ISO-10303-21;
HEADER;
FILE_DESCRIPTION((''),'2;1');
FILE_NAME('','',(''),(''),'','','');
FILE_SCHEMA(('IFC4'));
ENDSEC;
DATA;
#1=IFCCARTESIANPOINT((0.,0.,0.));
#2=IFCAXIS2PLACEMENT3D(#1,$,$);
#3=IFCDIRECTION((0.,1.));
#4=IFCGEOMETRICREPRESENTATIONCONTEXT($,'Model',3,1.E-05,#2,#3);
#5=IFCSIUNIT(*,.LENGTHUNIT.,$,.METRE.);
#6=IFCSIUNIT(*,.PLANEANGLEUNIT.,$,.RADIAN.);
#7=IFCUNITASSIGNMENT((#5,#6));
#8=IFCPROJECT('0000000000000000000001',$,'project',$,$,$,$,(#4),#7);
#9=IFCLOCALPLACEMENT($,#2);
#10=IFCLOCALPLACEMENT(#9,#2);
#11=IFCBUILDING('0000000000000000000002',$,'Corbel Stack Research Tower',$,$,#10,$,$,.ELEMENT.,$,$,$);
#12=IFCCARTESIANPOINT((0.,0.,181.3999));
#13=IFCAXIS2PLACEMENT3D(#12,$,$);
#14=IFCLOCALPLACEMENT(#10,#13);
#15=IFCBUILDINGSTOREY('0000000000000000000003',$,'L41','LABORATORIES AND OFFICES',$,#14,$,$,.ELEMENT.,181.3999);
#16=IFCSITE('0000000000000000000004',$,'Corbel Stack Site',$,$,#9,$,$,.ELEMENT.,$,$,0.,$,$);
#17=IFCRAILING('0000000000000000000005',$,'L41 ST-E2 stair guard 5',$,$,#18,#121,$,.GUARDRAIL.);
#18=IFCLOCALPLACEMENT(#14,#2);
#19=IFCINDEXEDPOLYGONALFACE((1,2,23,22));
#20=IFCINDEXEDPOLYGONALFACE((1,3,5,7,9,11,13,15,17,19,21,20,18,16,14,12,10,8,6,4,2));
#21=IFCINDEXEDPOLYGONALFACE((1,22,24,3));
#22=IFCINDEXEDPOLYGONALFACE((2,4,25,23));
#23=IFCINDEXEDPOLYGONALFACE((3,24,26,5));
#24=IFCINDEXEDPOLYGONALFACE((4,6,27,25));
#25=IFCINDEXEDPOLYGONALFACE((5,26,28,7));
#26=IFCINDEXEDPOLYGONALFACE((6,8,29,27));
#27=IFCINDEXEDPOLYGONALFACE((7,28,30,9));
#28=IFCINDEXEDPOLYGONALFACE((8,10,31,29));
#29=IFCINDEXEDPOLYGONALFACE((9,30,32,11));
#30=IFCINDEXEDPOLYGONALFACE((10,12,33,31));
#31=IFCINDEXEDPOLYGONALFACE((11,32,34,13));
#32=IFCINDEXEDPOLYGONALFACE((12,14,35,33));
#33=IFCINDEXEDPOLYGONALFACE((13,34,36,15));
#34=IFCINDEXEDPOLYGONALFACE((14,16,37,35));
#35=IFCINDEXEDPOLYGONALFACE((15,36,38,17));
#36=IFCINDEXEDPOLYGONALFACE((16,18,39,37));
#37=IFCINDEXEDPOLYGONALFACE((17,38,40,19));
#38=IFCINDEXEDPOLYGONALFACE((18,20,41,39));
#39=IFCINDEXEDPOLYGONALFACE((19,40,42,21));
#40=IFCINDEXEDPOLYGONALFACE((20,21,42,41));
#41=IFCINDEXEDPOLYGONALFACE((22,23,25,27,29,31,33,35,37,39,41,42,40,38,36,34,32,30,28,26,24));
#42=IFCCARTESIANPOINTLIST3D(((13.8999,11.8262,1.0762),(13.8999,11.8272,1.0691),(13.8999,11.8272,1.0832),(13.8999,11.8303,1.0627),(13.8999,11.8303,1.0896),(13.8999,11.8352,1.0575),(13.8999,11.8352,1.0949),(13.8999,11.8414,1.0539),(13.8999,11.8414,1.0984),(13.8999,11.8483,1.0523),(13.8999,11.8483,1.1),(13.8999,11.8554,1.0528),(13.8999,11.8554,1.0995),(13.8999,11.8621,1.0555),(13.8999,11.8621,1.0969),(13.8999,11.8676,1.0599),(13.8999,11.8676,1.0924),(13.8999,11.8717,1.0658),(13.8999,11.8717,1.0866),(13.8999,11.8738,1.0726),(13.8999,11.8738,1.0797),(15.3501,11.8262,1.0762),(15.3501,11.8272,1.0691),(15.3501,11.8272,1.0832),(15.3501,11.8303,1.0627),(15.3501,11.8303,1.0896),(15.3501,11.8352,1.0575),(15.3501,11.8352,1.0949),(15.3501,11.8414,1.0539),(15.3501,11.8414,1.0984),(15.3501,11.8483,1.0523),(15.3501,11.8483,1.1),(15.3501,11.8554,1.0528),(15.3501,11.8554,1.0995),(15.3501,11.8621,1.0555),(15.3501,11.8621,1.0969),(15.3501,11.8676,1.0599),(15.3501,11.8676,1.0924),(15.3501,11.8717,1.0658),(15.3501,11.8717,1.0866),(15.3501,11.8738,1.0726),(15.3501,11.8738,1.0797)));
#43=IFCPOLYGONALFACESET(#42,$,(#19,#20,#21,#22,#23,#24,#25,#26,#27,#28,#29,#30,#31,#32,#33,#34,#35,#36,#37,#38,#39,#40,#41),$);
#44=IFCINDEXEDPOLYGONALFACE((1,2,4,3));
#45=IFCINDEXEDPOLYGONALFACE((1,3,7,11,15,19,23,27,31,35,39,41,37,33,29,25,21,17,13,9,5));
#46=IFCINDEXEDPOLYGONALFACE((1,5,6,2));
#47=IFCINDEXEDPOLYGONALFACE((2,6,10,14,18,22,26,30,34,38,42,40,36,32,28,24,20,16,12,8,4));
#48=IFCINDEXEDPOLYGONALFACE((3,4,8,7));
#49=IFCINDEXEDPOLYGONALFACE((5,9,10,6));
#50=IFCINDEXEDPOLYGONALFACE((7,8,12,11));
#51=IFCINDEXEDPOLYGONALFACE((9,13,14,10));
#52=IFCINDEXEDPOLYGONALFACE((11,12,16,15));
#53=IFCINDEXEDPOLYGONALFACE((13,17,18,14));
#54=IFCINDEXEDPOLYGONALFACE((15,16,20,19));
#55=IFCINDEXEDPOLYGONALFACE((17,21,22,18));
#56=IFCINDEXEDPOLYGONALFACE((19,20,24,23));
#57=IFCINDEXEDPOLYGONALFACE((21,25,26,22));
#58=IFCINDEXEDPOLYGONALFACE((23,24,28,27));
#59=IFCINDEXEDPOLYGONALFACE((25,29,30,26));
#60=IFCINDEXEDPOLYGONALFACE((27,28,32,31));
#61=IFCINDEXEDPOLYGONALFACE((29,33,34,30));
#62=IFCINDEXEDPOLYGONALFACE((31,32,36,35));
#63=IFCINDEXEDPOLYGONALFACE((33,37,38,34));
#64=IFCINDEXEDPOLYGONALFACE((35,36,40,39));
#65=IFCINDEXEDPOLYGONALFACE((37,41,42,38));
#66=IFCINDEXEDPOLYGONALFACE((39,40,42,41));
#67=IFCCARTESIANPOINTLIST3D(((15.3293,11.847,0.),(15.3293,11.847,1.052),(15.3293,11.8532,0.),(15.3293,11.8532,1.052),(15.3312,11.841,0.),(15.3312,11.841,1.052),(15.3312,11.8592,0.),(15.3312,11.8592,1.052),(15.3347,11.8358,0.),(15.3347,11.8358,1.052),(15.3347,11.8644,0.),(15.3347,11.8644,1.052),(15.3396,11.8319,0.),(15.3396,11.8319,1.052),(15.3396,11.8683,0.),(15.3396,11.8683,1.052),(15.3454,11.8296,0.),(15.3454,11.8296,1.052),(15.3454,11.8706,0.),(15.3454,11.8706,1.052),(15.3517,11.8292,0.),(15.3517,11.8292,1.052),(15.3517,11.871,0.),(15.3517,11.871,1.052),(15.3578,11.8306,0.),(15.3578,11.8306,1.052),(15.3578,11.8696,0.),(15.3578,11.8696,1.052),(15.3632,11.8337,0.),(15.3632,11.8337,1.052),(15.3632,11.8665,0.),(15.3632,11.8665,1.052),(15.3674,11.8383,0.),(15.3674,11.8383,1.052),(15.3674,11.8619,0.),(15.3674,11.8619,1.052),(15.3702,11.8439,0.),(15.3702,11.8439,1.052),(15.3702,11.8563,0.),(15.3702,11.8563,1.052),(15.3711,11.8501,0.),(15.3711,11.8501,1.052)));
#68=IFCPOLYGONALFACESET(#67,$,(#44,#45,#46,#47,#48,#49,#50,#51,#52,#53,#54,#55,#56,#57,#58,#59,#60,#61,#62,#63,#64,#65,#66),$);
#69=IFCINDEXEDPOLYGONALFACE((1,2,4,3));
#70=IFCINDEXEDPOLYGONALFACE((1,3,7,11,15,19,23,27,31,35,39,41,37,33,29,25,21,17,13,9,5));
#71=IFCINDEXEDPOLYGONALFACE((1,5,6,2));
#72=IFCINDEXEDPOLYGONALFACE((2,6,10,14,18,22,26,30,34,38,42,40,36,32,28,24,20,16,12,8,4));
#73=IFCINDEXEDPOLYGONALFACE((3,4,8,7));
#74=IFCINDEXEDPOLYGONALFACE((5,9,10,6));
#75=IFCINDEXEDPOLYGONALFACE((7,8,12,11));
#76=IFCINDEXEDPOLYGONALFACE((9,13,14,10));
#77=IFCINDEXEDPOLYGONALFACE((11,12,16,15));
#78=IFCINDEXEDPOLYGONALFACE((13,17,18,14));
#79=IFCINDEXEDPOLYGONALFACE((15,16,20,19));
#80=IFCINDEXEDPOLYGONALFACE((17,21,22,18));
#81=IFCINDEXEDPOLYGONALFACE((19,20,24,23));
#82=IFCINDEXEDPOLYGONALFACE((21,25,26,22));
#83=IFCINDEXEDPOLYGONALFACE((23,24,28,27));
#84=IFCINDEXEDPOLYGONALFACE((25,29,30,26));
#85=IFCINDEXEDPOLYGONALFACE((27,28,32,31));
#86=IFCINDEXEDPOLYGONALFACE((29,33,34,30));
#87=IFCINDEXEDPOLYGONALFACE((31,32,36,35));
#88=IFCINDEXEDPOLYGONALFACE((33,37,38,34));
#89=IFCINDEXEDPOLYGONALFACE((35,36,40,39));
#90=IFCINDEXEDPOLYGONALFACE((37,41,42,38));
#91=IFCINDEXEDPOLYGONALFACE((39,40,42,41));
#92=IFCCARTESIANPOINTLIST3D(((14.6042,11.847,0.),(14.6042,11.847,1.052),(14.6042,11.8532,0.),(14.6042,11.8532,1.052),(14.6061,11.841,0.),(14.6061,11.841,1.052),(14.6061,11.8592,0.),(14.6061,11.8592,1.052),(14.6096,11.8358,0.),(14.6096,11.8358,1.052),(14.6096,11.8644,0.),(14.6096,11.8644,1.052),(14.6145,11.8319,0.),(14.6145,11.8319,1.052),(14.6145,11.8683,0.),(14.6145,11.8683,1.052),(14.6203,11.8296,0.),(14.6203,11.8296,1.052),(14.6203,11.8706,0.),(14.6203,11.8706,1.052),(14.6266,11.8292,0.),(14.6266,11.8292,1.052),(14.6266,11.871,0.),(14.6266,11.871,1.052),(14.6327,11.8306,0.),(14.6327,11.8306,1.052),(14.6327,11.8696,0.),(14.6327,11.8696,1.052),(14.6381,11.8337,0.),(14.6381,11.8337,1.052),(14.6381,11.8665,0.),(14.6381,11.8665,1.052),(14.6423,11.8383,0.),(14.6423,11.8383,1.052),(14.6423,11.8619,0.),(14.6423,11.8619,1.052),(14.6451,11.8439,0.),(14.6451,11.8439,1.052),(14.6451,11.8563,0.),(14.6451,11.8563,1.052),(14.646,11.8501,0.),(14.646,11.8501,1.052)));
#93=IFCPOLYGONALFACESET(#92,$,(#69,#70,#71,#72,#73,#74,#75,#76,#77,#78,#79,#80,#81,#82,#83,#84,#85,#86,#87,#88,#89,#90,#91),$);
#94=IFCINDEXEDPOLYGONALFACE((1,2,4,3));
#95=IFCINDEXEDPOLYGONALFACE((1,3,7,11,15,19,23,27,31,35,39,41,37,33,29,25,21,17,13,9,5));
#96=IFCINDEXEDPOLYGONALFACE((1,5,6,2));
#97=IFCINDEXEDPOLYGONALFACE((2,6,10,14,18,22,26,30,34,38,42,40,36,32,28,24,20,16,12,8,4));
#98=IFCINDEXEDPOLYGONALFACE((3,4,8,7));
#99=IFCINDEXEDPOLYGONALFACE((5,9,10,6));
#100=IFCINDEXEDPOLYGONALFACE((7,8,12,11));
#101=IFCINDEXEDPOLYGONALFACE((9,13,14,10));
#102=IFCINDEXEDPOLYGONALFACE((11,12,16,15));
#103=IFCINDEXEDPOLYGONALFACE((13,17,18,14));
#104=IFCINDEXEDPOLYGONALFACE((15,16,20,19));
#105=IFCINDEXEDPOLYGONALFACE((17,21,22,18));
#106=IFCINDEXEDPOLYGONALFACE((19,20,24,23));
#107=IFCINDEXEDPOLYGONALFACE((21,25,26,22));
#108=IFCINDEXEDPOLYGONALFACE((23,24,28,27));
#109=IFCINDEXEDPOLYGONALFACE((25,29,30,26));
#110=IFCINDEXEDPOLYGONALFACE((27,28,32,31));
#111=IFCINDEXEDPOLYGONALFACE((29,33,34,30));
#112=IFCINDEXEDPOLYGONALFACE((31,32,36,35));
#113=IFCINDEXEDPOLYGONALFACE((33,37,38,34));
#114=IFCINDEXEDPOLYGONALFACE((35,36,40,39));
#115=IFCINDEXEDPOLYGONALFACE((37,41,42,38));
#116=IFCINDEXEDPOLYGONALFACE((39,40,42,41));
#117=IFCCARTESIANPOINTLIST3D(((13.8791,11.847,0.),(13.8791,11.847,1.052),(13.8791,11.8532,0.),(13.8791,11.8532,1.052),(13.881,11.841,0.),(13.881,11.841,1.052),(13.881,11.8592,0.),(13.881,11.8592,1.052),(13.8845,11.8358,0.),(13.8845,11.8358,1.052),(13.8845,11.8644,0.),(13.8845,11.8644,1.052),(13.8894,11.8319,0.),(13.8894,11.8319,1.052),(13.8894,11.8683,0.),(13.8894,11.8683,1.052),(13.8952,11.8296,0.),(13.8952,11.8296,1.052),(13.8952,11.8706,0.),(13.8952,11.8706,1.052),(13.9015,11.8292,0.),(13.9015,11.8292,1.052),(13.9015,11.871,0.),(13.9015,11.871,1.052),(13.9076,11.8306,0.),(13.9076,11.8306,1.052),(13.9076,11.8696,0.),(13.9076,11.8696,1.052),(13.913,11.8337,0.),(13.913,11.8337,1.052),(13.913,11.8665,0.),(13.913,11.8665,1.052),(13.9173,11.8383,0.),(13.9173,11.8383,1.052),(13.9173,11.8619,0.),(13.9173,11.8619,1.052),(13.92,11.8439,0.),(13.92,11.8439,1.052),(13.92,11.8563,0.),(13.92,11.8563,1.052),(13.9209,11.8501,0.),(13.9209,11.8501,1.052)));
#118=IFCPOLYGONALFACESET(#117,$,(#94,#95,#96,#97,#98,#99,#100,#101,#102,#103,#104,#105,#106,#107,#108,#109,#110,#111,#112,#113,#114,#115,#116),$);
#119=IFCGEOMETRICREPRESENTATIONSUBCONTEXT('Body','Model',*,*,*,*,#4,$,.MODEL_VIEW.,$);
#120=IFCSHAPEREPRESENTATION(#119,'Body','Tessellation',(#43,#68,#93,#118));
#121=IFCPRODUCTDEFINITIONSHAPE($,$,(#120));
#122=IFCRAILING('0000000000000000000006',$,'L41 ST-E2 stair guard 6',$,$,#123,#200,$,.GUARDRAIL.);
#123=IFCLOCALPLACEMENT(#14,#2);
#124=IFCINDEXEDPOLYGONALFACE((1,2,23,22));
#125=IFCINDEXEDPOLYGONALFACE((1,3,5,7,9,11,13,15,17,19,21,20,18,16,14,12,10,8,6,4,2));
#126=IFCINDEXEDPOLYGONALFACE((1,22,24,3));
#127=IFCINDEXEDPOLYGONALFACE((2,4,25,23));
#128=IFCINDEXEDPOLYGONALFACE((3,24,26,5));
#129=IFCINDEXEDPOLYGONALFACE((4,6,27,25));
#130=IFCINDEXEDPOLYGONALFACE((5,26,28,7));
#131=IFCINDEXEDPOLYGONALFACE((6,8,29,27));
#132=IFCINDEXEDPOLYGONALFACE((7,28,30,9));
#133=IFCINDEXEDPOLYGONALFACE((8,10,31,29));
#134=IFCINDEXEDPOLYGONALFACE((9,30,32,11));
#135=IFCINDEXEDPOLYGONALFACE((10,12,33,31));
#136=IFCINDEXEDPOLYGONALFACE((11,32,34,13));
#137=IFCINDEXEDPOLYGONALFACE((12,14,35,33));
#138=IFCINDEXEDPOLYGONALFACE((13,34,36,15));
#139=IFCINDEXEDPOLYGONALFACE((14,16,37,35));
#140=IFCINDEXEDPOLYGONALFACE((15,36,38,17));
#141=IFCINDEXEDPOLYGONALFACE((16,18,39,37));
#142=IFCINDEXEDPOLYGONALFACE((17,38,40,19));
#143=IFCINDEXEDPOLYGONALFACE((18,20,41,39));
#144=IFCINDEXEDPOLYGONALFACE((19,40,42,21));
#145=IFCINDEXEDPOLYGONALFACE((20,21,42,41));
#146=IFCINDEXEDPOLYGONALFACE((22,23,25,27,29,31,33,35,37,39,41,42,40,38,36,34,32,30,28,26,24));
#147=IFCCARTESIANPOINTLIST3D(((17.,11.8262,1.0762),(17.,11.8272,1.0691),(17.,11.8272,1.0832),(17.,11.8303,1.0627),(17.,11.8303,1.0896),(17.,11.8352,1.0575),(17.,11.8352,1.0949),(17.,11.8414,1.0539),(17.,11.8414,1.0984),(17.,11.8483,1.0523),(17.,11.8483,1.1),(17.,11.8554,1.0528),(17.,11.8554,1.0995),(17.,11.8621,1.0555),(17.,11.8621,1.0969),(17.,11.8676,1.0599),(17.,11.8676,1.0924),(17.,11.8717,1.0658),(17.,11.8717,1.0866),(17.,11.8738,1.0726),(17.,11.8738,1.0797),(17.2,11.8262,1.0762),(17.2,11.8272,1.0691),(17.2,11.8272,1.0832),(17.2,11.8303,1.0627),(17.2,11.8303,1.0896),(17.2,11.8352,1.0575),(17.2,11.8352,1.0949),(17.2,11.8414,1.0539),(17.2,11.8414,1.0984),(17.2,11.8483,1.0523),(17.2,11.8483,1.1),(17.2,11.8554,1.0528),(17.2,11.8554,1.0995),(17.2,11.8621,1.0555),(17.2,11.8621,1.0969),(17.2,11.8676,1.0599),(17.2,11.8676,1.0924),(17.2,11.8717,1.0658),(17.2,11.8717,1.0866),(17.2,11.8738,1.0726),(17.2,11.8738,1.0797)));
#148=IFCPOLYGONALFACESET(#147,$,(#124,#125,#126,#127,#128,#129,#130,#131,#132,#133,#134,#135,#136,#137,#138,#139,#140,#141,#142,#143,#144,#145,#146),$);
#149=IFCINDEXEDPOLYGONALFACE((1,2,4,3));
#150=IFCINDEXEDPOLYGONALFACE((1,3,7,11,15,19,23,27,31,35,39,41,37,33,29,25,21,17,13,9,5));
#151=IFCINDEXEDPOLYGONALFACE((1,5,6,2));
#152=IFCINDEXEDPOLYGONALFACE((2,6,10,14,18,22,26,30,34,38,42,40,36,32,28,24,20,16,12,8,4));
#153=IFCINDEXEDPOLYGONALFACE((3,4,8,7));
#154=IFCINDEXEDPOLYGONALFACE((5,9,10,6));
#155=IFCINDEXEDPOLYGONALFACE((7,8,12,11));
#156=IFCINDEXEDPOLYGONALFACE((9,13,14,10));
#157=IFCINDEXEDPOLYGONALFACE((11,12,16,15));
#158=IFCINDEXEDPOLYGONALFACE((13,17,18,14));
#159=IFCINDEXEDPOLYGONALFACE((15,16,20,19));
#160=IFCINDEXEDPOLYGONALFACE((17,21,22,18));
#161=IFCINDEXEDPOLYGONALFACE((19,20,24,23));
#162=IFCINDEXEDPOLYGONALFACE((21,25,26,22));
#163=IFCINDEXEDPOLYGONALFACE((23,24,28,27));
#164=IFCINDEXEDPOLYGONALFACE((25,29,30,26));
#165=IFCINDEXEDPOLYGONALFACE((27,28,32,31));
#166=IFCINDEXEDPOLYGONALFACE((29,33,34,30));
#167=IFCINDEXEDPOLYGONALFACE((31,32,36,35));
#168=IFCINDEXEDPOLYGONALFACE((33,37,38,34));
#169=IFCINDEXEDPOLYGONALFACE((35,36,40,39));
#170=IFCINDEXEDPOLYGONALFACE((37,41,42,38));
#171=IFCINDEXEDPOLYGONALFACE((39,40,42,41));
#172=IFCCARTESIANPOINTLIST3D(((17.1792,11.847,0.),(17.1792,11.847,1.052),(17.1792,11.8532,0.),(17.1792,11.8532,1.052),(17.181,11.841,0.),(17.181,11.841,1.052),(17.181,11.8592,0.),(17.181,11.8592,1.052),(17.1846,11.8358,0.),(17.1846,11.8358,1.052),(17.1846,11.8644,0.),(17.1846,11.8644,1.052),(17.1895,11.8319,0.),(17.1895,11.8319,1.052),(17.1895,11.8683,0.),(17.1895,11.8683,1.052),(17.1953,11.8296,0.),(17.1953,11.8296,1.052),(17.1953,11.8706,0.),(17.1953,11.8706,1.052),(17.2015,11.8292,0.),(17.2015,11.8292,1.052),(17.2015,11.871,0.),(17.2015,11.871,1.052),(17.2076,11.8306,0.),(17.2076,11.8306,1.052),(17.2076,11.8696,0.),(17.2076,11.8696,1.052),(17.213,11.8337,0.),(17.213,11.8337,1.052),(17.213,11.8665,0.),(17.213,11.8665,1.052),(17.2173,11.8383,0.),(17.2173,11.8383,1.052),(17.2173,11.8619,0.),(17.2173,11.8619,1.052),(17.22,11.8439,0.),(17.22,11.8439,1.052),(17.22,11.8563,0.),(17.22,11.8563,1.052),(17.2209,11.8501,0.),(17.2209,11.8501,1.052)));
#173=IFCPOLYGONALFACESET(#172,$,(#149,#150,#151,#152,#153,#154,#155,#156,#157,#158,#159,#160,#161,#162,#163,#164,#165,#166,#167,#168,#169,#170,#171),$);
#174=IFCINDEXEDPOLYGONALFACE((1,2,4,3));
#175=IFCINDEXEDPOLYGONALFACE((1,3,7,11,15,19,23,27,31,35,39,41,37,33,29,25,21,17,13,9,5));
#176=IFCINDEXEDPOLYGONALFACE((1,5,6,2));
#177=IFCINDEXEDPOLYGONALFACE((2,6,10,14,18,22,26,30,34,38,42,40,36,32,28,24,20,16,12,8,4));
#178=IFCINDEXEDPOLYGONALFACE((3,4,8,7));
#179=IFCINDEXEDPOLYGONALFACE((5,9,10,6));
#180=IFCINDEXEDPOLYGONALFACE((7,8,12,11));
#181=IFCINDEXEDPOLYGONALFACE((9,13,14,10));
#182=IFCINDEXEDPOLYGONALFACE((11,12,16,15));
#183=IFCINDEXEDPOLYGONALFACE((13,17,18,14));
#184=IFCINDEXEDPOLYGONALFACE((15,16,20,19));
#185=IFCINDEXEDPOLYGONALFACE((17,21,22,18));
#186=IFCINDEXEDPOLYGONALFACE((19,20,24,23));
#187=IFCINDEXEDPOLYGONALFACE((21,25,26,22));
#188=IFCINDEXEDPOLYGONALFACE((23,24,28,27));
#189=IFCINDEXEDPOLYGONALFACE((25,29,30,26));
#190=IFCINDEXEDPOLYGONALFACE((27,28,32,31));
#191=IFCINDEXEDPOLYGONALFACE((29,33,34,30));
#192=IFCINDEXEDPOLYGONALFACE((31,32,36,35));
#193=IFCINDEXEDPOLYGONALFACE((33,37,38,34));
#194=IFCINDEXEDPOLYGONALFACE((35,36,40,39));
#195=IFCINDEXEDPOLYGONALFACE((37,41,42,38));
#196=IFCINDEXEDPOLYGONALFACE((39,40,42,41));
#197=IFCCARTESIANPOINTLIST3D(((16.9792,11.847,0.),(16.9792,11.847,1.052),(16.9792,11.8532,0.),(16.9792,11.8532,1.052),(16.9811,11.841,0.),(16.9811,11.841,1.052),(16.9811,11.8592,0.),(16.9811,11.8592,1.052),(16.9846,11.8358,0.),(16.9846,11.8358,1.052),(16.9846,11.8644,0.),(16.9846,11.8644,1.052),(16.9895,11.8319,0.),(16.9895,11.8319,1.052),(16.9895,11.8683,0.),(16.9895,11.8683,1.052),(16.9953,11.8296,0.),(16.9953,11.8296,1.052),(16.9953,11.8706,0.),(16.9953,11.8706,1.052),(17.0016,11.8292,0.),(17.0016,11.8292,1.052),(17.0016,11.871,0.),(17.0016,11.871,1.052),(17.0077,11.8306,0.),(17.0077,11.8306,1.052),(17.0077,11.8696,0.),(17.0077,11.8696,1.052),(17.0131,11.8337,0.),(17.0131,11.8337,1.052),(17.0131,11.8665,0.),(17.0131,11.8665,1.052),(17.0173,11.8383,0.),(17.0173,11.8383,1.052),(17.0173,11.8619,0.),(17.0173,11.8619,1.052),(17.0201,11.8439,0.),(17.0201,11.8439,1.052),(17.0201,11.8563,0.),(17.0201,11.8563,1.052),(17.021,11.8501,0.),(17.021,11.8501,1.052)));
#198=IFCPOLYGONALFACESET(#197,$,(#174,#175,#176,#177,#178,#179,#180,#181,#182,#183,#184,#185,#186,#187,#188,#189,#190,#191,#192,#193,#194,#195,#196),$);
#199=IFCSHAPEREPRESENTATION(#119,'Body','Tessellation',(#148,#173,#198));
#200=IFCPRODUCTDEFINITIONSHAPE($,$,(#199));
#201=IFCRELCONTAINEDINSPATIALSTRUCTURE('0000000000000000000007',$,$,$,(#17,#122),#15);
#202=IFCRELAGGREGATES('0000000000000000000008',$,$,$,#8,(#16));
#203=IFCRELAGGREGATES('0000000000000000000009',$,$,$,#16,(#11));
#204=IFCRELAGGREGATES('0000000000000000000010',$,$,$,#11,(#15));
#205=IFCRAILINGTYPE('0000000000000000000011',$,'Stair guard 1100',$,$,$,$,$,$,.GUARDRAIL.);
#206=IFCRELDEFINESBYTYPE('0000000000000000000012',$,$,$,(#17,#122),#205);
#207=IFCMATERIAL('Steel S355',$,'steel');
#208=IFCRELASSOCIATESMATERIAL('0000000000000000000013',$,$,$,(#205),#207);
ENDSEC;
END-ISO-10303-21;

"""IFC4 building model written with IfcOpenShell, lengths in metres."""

from ifc_helpers import new_model, si_unit, direction, frame, origin, origin_2d, place, context, subcontext, project, spatial, circle, extrude, material, type_object, element, save


model = new_model("IFC4")

# Units and contexts
model_context = context("Model", 3, precision=1e-05, world=origin(), true_north=direction((0.0, 1.0)))
body_context = subcontext(model_context, "Body", "Model", "MODEL_VIEW")
ifc_project = project(units=[si_unit("LENGTHUNIT", "METRE"), si_unit("PLANEANGLEUNIT", "RADIAN")], contexts=[model_context])

# Site, building, storey
site_placement = place(None, origin())
site = spatial("IfcSite", under=ifc_project, at=site_placement, Name="Corbel Stack Site", CompositionType="ELEMENT", RefElevation=0.0)
building_placement = place(site_placement, origin())
building = spatial("IfcBuilding", under=site, at=building_placement, Name="Corbel Stack Research Tower", CompositionType="ELEMENT")
storey_placement = place(building_placement, frame((0.0, 0.0, 181.3999)))
storey = spatial("IfcBuildingStorey", under=building, at=storey_placement, Name="L41", Description="LABORATORIES AND OFFICES", CompositionType="ELEMENT", Elevation=181.3999)

# Railings
ifc_material_1 = material(Name="Steel S355", Category="steel")
railing_type_1 = type_object("IfcRailingType", Name="Stair guard 1100", PredefinedType="GUARDRAIL", material=ifc_material_1)
railing_1_placement = place(storey_placement, frame((15.3501, 11.8501, 0.0)))
element("IfcRailing", 1, at=railing_1_placement, inside=storey, type_object=railing_type_1, Name="L41 ST-E2 stair guard 5", PredefinedType="GUARDRAIL", context=body_context, shape_type="SweptSolid", body=[
    extrude(circle(Radius=0.0239, at=origin_2d()), frame((0.0, 0.0, 1.0762), z_axis=(-1.0, 0.0, 0.0), x_axis=(0.0, -1.0, 0.0)), (0.0, 0.0, 1.0), 1.4502),
    extrude(circle(Radius=0.021, at=origin_2d()), origin(), (0.0, 0.0, 1.0), 1.052),
    extrude(circle(Radius=0.021, at=origin_2d()), frame((-0.7251, 0.0, 0.0)), (0.0, 0.0, 1.0), 1.052),
    extrude(circle(Radius=0.021, at=origin_2d()), frame((-1.4502, 0.0, 0.0)), (0.0, 0.0, 1.0), 1.052),
])
railing_2_placement = place(storey_placement, frame((17.2, 11.8501, 0.0)))
element("IfcRailing", 2, at=railing_2_placement, inside=storey, type_object=railing_type_1, Name="L41 ST-E2 stair guard 6", PredefinedType="GUARDRAIL", context=body_context, shape_type="SweptSolid", body=[
    extrude(circle(Radius=0.0239, at=origin_2d()), frame((0.0, 0.0, 1.0762), z_axis=(-1.0, 0.0, 0.0), x_axis=(0.0, -1.0, 0.0)), (0.0, 0.0, 1.0), 0.2),
    extrude(circle(Radius=0.021, at=origin_2d()), origin(), (0.0, 0.0, 1.0), 1.052),
    extrude(circle(Radius=0.021, at=origin_2d()), frame((-0.2, 0.0, 0.0)), (0.0, 0.0, 1.0), 1.052),
])

save(model, "model.ifc")
